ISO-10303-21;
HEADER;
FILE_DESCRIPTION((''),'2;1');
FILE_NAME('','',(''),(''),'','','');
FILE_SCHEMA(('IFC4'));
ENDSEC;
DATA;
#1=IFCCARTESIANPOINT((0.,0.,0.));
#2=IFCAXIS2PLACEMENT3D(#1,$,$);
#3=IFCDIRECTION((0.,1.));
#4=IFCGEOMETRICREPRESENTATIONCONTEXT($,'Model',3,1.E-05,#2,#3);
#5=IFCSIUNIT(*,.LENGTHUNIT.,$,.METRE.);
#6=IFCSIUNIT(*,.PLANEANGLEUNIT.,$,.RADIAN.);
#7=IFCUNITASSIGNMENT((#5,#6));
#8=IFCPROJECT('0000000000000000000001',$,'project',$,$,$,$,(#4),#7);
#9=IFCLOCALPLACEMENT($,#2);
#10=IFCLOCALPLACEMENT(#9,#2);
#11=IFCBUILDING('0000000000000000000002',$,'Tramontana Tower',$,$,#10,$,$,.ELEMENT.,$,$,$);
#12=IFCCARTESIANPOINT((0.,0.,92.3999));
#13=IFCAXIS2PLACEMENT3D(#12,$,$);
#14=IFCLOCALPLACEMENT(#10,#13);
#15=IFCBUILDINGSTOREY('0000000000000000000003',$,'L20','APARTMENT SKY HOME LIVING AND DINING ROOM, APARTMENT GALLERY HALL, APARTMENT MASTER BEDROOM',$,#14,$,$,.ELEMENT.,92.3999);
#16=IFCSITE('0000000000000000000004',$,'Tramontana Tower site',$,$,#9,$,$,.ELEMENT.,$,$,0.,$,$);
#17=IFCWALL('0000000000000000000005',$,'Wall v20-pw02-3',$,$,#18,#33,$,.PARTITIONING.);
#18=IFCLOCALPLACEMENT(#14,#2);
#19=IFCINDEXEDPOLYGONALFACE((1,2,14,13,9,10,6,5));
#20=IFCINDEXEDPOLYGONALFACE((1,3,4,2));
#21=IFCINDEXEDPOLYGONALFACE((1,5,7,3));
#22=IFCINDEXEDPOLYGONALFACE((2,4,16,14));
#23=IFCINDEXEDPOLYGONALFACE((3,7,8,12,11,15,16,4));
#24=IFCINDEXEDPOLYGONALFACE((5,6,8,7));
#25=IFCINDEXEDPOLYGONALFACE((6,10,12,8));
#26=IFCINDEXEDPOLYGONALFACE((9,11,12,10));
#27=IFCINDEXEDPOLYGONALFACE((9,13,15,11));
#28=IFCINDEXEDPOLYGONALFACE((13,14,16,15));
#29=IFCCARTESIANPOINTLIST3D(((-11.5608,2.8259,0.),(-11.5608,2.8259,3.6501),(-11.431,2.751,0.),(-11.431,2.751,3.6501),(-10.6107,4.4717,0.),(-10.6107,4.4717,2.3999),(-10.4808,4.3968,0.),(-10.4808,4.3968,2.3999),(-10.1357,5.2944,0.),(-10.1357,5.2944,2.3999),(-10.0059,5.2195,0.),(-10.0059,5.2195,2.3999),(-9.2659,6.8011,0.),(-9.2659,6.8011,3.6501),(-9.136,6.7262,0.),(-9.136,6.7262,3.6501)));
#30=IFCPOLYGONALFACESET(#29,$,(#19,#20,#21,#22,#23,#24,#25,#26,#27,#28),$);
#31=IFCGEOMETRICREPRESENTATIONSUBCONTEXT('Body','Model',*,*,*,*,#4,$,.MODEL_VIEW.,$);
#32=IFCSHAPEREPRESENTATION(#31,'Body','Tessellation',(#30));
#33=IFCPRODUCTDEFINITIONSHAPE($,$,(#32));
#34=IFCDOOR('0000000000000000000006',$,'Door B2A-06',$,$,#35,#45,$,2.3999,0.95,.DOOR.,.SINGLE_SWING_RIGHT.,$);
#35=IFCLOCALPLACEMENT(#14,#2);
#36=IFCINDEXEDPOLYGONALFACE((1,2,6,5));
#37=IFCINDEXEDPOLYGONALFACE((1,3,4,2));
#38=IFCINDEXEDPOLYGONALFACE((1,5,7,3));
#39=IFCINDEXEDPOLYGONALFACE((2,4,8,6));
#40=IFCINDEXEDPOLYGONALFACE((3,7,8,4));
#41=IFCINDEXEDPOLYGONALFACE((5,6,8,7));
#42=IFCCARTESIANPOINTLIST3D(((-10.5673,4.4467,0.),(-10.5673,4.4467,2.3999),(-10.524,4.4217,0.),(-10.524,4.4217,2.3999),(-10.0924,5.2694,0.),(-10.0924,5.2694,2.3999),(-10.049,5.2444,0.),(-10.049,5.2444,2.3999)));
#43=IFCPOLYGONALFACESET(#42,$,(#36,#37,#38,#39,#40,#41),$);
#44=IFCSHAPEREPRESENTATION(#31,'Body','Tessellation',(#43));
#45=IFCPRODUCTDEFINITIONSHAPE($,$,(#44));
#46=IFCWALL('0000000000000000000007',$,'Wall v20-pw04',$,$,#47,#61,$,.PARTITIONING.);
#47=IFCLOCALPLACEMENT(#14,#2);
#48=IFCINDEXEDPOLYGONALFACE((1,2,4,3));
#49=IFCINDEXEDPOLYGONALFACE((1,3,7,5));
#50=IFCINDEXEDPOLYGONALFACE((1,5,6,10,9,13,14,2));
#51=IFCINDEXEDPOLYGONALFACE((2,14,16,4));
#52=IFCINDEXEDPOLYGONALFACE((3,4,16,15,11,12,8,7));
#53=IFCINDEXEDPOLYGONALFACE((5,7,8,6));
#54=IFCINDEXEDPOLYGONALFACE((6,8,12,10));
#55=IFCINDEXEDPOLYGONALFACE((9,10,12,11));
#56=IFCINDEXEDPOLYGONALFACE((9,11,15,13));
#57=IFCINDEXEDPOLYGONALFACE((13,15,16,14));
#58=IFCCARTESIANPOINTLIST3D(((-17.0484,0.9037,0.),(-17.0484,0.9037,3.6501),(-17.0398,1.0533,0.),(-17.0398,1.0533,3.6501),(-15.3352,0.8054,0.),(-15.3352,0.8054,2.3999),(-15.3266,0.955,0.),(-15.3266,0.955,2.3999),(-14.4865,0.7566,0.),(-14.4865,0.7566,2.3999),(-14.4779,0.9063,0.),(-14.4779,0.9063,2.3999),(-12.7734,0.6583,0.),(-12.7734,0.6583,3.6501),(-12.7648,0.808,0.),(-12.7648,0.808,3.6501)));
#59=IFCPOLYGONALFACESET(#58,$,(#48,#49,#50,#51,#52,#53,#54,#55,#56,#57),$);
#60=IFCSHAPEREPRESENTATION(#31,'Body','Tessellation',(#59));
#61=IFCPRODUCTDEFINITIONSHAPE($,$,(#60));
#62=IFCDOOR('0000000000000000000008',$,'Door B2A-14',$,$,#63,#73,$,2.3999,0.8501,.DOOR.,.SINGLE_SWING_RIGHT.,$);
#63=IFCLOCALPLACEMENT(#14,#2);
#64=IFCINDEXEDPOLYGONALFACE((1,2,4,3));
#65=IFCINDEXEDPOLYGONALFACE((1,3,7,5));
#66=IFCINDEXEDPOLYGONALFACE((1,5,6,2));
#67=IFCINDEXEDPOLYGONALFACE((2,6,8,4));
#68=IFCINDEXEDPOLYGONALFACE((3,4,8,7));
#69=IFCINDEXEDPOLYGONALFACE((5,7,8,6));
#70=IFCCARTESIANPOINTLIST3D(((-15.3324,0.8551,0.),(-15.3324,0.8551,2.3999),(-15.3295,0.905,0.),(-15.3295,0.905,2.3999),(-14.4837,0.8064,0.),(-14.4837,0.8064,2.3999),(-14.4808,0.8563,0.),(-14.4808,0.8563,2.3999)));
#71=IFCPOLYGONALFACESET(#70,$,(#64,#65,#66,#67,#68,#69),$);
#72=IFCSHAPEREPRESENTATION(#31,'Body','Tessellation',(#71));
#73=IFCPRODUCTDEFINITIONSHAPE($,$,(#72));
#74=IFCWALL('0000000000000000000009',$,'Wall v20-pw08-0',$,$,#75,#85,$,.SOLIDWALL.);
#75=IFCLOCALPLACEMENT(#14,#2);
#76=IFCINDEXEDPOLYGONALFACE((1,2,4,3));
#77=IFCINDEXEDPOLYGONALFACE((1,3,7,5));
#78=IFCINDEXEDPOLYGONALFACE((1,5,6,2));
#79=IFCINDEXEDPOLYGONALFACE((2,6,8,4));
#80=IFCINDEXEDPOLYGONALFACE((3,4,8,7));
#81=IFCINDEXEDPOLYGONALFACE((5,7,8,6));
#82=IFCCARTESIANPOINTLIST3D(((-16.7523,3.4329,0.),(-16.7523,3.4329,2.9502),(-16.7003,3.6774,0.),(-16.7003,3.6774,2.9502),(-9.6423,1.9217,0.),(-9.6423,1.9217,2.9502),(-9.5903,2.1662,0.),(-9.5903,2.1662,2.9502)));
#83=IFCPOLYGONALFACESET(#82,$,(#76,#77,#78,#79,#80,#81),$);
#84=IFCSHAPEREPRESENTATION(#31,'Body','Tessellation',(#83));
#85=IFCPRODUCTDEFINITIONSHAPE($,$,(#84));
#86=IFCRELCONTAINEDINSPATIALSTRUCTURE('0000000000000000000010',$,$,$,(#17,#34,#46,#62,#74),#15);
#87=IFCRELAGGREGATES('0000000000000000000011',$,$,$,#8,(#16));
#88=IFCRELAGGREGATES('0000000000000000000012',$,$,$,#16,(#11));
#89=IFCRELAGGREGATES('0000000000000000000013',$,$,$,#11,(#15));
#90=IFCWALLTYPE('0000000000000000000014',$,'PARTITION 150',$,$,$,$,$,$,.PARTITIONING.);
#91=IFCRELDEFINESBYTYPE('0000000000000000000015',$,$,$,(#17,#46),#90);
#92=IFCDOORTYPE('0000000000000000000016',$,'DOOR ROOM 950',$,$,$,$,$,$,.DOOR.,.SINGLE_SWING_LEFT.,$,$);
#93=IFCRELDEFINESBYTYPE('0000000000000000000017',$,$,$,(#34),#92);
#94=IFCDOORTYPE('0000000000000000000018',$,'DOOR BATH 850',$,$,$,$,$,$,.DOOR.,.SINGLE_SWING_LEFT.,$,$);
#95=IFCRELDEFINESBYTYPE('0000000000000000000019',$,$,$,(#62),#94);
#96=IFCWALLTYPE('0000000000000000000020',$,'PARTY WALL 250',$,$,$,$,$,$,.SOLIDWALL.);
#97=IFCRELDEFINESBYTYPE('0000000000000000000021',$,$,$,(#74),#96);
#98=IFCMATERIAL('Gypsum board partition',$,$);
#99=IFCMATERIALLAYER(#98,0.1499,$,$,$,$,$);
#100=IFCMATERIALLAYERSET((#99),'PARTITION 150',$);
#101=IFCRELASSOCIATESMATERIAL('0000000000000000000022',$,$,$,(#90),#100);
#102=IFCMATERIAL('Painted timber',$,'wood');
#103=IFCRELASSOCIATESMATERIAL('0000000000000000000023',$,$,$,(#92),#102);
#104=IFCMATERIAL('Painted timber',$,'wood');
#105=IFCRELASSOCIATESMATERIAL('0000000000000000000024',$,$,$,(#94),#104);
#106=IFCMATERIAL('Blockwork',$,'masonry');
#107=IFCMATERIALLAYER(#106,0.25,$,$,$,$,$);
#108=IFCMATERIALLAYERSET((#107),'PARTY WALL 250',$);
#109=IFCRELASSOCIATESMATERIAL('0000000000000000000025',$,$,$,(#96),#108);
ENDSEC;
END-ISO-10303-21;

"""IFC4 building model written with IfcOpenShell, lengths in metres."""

from ifc_helpers import new_model, si_unit, direction, frame, frame_2d, origin, place, context, subcontext, project, spatial, rectangle, extrude, material, layer, layer_set, type_object, element, fill, save


model = new_model("IFC4")

# Units and contexts
model_context = context("Model", 3, precision=1e-05, world=origin(), true_north=direction((0.0, 1.0)))
body_context = subcontext(model_context, "Body", "Model", "MODEL_VIEW")
ifc_project = project(units=[si_unit("LENGTHUNIT", "METRE"), si_unit("PLANEANGLEUNIT", "RADIAN")], contexts=[model_context])

# Site, building, storey
site_placement = place(None, origin())
site = spatial("IfcSite", under=ifc_project, at=site_placement, Name="Tramontana Tower site", CompositionType="ELEMENT", RefElevation=0.0)
building_placement = place(site_placement, origin())
building = spatial("IfcBuilding", under=site, at=building_placement, Name="Tramontana Tower", CompositionType="ELEMENT")
storey_placement = place(building_placement, frame((0.0, 0.0, 92.3999)))
storey = spatial("IfcBuildingStorey", under=building, at=storey_placement, Name="L20", Description="APARTMENT SKY HOME LIVING AND DINING ROOM, APARTMENT GALLERY HALL, APARTMENT MASTER BEDROOM", CompositionType="ELEMENT", Elevation=92.3999)

# Shared definitions
ifc_material_1 = material(Name="Gypsum board partition")
ifc_layer_1 = layer(ifc_material_1, 0.1499)
ifc_layer_set_1 = layer_set([ifc_layer_1], Name="PARTITION 150")
wall_type_1 = type_object("IfcWallType", Name="PARTITION 150", PredefinedType="PARTITIONING", material=ifc_layer_set_1)

# Walls, openings, doors
wall_1_placement = place(storey_placement, frame((-11.4958, 2.7886, 0.0), z_axis=(0.0, 0.0, 1.0), x_axis=(0.499983, 0.866035, 0.0)))
wall_1 = element("IfcWall", 1, at=wall_1_placement, inside=storey, type_object=wall_type_1, Name="Wall v20-pw02-3", PredefinedType="PARTITIONING", context=body_context, shape_type="SweptSolid", body=[
    extrude(rectangle(XDim=4.5901, YDim=0.1499, at=frame_2d((2.2949, 0.0))), origin(), (0.0, 0.0, 1.0), 3.6501),
])
opening_1_placement = place(wall_1_placement, frame((1.9001, 0.0, 0.0)))
opening_1 = element("IfcOpeningElement", 2, at=opening_1_placement, cuts=wall_1, PredefinedType="OPENING", context=body_context, shape_type="SweptSolid", body=[
    extrude(rectangle(XDim=0.95, YDim=2.3999, at=frame_2d((0.4751, 1.2))), frame((0.0, 0.085, 0.0), z_axis=(0.0, -1.0, 0.0), x_axis=(1.0, 0.0, 0.0)), (0.0, 0.0, 1.0), 0.1699),
])
ifc_material_2 = material(Name="Painted timber", Category="wood")
door_type_1 = type_object("IfcDoorType", Name="DOOR ROOM 950", OperationType="SINGLE_SWING_LEFT", PredefinedType="DOOR", material=ifc_material_2)
door_1_placement = place(opening_1_placement, origin())
door_1 = element("IfcDoor", 3, at=door_1_placement, inside=storey, type_object=door_type_1, Name="Door B2A-06", OperationType="SINGLE_SWING_RIGHT", OverallHeight=2.3999, OverallWidth=0.95, PredefinedType="DOOR", context=body_context, shape_type="SweptSolid", body=[
    extrude(rectangle(XDim=0.95, YDim=2.3999, at=frame_2d((0.4751, 1.2))), frame((0.0, 0.0249, 0.0), z_axis=(0.0, -1.0, 0.0), x_axis=(1.0, 0.0, 0.0)), (0.0, 0.0, 1.0), 0.05),
])
fill(opening_1, door_1)
wall_2_placement = place(storey_placement, frame((-17.0442, 0.9785, 0.0), z_axis=(0.0, 0.0, 1.0), x_axis=(0.998357, -0.057301, 0.0)))
wall_2 = element("IfcWall", 4, at=wall_2_placement, inside=storey, type_object=wall_type_1, Name="Wall v20-pw04", PredefinedType="PARTITIONING", context=body_context, shape_type="SweptSolid", body=[
    extrude(rectangle(XDim=4.282, YDim=0.1499, at=frame_2d((2.1411, 0.0))), origin(), (0.0, 0.0, 1.0), 3.6501),
])
opening_2_placement = place(wall_2_placement, frame((1.7161, 0.0, 0.0)))
opening_2 = element("IfcOpeningElement", 5, at=opening_2_placement, cuts=wall_2, PredefinedType="OPENING", context=body_context, shape_type="SweptSolid", body=[
    extrude(rectangle(XDim=0.8501, YDim=2.3999, at=frame_2d((0.425, 1.2))), frame((0.0, 0.085, 0.0), z_axis=(0.0, -1.0, 0.0), x_axis=(1.0, 0.0, 0.0)), (0.0, 0.0, 1.0), 0.1699),
])
ifc_material_3 = material(Name="Painted timber", Category="wood")
door_type_2 = type_object("IfcDoorType", Name="DOOR BATH 850", OperationType="SINGLE_SWING_LEFT", PredefinedType="DOOR", material=ifc_material_3)
door_2_placement = place(opening_2_placement, origin())
door_2 = element("IfcDoor", 6, at=door_2_placement, inside=storey, type_object=door_type_2, Name="Door B2A-14", OperationType="SINGLE_SWING_RIGHT", OverallHeight=2.3999, OverallWidth=0.8501, PredefinedType="DOOR", context=body_context, shape_type="SweptSolid", body=[
    extrude(rectangle(XDim=0.8501, YDim=2.3999, at=frame_2d((0.425, 1.2))), frame((0.0, 0.0249, 0.0), z_axis=(0.0, -1.0, 0.0), x_axis=(1.0, 0.0, 0.0)), (0.0, 0.0, 1.0), 0.05),
])
fill(opening_2, door_2)

# Wall
ifc_material_4 = material(Name="Blockwork", Category="masonry")
ifc_layer_2 = layer(ifc_material_4, 0.25)
ifc_layer_set_2 = layer_set([ifc_layer_2], Name="PARTY WALL 250")
wall_type_2 = type_object("IfcWallType", Name="PARTY WALL 250", PredefinedType="SOLIDWALL", material=ifc_layer_set_2)
wall_3_placement = place(storey_placement, frame((-9.6165, 2.0439, 0.0), z_axis=(0.0, 0.0, 1.0), x_axis=(-0.978148, 0.207909, 0.0)))
element("IfcWall", 7, at=wall_3_placement, inside=storey, type_object=wall_type_2, Name="Wall v20-pw08-0", PredefinedType="SOLIDWALL", context=body_context, shape_type="SweptSolid", body=[
    extrude(rectangle(XDim=7.2688, YDim=0.25, at=frame_2d((3.6343, 0.0))), origin(), (0.0, 0.0, 1.0), 2.9502),
])

save(model, "model.ifc")
